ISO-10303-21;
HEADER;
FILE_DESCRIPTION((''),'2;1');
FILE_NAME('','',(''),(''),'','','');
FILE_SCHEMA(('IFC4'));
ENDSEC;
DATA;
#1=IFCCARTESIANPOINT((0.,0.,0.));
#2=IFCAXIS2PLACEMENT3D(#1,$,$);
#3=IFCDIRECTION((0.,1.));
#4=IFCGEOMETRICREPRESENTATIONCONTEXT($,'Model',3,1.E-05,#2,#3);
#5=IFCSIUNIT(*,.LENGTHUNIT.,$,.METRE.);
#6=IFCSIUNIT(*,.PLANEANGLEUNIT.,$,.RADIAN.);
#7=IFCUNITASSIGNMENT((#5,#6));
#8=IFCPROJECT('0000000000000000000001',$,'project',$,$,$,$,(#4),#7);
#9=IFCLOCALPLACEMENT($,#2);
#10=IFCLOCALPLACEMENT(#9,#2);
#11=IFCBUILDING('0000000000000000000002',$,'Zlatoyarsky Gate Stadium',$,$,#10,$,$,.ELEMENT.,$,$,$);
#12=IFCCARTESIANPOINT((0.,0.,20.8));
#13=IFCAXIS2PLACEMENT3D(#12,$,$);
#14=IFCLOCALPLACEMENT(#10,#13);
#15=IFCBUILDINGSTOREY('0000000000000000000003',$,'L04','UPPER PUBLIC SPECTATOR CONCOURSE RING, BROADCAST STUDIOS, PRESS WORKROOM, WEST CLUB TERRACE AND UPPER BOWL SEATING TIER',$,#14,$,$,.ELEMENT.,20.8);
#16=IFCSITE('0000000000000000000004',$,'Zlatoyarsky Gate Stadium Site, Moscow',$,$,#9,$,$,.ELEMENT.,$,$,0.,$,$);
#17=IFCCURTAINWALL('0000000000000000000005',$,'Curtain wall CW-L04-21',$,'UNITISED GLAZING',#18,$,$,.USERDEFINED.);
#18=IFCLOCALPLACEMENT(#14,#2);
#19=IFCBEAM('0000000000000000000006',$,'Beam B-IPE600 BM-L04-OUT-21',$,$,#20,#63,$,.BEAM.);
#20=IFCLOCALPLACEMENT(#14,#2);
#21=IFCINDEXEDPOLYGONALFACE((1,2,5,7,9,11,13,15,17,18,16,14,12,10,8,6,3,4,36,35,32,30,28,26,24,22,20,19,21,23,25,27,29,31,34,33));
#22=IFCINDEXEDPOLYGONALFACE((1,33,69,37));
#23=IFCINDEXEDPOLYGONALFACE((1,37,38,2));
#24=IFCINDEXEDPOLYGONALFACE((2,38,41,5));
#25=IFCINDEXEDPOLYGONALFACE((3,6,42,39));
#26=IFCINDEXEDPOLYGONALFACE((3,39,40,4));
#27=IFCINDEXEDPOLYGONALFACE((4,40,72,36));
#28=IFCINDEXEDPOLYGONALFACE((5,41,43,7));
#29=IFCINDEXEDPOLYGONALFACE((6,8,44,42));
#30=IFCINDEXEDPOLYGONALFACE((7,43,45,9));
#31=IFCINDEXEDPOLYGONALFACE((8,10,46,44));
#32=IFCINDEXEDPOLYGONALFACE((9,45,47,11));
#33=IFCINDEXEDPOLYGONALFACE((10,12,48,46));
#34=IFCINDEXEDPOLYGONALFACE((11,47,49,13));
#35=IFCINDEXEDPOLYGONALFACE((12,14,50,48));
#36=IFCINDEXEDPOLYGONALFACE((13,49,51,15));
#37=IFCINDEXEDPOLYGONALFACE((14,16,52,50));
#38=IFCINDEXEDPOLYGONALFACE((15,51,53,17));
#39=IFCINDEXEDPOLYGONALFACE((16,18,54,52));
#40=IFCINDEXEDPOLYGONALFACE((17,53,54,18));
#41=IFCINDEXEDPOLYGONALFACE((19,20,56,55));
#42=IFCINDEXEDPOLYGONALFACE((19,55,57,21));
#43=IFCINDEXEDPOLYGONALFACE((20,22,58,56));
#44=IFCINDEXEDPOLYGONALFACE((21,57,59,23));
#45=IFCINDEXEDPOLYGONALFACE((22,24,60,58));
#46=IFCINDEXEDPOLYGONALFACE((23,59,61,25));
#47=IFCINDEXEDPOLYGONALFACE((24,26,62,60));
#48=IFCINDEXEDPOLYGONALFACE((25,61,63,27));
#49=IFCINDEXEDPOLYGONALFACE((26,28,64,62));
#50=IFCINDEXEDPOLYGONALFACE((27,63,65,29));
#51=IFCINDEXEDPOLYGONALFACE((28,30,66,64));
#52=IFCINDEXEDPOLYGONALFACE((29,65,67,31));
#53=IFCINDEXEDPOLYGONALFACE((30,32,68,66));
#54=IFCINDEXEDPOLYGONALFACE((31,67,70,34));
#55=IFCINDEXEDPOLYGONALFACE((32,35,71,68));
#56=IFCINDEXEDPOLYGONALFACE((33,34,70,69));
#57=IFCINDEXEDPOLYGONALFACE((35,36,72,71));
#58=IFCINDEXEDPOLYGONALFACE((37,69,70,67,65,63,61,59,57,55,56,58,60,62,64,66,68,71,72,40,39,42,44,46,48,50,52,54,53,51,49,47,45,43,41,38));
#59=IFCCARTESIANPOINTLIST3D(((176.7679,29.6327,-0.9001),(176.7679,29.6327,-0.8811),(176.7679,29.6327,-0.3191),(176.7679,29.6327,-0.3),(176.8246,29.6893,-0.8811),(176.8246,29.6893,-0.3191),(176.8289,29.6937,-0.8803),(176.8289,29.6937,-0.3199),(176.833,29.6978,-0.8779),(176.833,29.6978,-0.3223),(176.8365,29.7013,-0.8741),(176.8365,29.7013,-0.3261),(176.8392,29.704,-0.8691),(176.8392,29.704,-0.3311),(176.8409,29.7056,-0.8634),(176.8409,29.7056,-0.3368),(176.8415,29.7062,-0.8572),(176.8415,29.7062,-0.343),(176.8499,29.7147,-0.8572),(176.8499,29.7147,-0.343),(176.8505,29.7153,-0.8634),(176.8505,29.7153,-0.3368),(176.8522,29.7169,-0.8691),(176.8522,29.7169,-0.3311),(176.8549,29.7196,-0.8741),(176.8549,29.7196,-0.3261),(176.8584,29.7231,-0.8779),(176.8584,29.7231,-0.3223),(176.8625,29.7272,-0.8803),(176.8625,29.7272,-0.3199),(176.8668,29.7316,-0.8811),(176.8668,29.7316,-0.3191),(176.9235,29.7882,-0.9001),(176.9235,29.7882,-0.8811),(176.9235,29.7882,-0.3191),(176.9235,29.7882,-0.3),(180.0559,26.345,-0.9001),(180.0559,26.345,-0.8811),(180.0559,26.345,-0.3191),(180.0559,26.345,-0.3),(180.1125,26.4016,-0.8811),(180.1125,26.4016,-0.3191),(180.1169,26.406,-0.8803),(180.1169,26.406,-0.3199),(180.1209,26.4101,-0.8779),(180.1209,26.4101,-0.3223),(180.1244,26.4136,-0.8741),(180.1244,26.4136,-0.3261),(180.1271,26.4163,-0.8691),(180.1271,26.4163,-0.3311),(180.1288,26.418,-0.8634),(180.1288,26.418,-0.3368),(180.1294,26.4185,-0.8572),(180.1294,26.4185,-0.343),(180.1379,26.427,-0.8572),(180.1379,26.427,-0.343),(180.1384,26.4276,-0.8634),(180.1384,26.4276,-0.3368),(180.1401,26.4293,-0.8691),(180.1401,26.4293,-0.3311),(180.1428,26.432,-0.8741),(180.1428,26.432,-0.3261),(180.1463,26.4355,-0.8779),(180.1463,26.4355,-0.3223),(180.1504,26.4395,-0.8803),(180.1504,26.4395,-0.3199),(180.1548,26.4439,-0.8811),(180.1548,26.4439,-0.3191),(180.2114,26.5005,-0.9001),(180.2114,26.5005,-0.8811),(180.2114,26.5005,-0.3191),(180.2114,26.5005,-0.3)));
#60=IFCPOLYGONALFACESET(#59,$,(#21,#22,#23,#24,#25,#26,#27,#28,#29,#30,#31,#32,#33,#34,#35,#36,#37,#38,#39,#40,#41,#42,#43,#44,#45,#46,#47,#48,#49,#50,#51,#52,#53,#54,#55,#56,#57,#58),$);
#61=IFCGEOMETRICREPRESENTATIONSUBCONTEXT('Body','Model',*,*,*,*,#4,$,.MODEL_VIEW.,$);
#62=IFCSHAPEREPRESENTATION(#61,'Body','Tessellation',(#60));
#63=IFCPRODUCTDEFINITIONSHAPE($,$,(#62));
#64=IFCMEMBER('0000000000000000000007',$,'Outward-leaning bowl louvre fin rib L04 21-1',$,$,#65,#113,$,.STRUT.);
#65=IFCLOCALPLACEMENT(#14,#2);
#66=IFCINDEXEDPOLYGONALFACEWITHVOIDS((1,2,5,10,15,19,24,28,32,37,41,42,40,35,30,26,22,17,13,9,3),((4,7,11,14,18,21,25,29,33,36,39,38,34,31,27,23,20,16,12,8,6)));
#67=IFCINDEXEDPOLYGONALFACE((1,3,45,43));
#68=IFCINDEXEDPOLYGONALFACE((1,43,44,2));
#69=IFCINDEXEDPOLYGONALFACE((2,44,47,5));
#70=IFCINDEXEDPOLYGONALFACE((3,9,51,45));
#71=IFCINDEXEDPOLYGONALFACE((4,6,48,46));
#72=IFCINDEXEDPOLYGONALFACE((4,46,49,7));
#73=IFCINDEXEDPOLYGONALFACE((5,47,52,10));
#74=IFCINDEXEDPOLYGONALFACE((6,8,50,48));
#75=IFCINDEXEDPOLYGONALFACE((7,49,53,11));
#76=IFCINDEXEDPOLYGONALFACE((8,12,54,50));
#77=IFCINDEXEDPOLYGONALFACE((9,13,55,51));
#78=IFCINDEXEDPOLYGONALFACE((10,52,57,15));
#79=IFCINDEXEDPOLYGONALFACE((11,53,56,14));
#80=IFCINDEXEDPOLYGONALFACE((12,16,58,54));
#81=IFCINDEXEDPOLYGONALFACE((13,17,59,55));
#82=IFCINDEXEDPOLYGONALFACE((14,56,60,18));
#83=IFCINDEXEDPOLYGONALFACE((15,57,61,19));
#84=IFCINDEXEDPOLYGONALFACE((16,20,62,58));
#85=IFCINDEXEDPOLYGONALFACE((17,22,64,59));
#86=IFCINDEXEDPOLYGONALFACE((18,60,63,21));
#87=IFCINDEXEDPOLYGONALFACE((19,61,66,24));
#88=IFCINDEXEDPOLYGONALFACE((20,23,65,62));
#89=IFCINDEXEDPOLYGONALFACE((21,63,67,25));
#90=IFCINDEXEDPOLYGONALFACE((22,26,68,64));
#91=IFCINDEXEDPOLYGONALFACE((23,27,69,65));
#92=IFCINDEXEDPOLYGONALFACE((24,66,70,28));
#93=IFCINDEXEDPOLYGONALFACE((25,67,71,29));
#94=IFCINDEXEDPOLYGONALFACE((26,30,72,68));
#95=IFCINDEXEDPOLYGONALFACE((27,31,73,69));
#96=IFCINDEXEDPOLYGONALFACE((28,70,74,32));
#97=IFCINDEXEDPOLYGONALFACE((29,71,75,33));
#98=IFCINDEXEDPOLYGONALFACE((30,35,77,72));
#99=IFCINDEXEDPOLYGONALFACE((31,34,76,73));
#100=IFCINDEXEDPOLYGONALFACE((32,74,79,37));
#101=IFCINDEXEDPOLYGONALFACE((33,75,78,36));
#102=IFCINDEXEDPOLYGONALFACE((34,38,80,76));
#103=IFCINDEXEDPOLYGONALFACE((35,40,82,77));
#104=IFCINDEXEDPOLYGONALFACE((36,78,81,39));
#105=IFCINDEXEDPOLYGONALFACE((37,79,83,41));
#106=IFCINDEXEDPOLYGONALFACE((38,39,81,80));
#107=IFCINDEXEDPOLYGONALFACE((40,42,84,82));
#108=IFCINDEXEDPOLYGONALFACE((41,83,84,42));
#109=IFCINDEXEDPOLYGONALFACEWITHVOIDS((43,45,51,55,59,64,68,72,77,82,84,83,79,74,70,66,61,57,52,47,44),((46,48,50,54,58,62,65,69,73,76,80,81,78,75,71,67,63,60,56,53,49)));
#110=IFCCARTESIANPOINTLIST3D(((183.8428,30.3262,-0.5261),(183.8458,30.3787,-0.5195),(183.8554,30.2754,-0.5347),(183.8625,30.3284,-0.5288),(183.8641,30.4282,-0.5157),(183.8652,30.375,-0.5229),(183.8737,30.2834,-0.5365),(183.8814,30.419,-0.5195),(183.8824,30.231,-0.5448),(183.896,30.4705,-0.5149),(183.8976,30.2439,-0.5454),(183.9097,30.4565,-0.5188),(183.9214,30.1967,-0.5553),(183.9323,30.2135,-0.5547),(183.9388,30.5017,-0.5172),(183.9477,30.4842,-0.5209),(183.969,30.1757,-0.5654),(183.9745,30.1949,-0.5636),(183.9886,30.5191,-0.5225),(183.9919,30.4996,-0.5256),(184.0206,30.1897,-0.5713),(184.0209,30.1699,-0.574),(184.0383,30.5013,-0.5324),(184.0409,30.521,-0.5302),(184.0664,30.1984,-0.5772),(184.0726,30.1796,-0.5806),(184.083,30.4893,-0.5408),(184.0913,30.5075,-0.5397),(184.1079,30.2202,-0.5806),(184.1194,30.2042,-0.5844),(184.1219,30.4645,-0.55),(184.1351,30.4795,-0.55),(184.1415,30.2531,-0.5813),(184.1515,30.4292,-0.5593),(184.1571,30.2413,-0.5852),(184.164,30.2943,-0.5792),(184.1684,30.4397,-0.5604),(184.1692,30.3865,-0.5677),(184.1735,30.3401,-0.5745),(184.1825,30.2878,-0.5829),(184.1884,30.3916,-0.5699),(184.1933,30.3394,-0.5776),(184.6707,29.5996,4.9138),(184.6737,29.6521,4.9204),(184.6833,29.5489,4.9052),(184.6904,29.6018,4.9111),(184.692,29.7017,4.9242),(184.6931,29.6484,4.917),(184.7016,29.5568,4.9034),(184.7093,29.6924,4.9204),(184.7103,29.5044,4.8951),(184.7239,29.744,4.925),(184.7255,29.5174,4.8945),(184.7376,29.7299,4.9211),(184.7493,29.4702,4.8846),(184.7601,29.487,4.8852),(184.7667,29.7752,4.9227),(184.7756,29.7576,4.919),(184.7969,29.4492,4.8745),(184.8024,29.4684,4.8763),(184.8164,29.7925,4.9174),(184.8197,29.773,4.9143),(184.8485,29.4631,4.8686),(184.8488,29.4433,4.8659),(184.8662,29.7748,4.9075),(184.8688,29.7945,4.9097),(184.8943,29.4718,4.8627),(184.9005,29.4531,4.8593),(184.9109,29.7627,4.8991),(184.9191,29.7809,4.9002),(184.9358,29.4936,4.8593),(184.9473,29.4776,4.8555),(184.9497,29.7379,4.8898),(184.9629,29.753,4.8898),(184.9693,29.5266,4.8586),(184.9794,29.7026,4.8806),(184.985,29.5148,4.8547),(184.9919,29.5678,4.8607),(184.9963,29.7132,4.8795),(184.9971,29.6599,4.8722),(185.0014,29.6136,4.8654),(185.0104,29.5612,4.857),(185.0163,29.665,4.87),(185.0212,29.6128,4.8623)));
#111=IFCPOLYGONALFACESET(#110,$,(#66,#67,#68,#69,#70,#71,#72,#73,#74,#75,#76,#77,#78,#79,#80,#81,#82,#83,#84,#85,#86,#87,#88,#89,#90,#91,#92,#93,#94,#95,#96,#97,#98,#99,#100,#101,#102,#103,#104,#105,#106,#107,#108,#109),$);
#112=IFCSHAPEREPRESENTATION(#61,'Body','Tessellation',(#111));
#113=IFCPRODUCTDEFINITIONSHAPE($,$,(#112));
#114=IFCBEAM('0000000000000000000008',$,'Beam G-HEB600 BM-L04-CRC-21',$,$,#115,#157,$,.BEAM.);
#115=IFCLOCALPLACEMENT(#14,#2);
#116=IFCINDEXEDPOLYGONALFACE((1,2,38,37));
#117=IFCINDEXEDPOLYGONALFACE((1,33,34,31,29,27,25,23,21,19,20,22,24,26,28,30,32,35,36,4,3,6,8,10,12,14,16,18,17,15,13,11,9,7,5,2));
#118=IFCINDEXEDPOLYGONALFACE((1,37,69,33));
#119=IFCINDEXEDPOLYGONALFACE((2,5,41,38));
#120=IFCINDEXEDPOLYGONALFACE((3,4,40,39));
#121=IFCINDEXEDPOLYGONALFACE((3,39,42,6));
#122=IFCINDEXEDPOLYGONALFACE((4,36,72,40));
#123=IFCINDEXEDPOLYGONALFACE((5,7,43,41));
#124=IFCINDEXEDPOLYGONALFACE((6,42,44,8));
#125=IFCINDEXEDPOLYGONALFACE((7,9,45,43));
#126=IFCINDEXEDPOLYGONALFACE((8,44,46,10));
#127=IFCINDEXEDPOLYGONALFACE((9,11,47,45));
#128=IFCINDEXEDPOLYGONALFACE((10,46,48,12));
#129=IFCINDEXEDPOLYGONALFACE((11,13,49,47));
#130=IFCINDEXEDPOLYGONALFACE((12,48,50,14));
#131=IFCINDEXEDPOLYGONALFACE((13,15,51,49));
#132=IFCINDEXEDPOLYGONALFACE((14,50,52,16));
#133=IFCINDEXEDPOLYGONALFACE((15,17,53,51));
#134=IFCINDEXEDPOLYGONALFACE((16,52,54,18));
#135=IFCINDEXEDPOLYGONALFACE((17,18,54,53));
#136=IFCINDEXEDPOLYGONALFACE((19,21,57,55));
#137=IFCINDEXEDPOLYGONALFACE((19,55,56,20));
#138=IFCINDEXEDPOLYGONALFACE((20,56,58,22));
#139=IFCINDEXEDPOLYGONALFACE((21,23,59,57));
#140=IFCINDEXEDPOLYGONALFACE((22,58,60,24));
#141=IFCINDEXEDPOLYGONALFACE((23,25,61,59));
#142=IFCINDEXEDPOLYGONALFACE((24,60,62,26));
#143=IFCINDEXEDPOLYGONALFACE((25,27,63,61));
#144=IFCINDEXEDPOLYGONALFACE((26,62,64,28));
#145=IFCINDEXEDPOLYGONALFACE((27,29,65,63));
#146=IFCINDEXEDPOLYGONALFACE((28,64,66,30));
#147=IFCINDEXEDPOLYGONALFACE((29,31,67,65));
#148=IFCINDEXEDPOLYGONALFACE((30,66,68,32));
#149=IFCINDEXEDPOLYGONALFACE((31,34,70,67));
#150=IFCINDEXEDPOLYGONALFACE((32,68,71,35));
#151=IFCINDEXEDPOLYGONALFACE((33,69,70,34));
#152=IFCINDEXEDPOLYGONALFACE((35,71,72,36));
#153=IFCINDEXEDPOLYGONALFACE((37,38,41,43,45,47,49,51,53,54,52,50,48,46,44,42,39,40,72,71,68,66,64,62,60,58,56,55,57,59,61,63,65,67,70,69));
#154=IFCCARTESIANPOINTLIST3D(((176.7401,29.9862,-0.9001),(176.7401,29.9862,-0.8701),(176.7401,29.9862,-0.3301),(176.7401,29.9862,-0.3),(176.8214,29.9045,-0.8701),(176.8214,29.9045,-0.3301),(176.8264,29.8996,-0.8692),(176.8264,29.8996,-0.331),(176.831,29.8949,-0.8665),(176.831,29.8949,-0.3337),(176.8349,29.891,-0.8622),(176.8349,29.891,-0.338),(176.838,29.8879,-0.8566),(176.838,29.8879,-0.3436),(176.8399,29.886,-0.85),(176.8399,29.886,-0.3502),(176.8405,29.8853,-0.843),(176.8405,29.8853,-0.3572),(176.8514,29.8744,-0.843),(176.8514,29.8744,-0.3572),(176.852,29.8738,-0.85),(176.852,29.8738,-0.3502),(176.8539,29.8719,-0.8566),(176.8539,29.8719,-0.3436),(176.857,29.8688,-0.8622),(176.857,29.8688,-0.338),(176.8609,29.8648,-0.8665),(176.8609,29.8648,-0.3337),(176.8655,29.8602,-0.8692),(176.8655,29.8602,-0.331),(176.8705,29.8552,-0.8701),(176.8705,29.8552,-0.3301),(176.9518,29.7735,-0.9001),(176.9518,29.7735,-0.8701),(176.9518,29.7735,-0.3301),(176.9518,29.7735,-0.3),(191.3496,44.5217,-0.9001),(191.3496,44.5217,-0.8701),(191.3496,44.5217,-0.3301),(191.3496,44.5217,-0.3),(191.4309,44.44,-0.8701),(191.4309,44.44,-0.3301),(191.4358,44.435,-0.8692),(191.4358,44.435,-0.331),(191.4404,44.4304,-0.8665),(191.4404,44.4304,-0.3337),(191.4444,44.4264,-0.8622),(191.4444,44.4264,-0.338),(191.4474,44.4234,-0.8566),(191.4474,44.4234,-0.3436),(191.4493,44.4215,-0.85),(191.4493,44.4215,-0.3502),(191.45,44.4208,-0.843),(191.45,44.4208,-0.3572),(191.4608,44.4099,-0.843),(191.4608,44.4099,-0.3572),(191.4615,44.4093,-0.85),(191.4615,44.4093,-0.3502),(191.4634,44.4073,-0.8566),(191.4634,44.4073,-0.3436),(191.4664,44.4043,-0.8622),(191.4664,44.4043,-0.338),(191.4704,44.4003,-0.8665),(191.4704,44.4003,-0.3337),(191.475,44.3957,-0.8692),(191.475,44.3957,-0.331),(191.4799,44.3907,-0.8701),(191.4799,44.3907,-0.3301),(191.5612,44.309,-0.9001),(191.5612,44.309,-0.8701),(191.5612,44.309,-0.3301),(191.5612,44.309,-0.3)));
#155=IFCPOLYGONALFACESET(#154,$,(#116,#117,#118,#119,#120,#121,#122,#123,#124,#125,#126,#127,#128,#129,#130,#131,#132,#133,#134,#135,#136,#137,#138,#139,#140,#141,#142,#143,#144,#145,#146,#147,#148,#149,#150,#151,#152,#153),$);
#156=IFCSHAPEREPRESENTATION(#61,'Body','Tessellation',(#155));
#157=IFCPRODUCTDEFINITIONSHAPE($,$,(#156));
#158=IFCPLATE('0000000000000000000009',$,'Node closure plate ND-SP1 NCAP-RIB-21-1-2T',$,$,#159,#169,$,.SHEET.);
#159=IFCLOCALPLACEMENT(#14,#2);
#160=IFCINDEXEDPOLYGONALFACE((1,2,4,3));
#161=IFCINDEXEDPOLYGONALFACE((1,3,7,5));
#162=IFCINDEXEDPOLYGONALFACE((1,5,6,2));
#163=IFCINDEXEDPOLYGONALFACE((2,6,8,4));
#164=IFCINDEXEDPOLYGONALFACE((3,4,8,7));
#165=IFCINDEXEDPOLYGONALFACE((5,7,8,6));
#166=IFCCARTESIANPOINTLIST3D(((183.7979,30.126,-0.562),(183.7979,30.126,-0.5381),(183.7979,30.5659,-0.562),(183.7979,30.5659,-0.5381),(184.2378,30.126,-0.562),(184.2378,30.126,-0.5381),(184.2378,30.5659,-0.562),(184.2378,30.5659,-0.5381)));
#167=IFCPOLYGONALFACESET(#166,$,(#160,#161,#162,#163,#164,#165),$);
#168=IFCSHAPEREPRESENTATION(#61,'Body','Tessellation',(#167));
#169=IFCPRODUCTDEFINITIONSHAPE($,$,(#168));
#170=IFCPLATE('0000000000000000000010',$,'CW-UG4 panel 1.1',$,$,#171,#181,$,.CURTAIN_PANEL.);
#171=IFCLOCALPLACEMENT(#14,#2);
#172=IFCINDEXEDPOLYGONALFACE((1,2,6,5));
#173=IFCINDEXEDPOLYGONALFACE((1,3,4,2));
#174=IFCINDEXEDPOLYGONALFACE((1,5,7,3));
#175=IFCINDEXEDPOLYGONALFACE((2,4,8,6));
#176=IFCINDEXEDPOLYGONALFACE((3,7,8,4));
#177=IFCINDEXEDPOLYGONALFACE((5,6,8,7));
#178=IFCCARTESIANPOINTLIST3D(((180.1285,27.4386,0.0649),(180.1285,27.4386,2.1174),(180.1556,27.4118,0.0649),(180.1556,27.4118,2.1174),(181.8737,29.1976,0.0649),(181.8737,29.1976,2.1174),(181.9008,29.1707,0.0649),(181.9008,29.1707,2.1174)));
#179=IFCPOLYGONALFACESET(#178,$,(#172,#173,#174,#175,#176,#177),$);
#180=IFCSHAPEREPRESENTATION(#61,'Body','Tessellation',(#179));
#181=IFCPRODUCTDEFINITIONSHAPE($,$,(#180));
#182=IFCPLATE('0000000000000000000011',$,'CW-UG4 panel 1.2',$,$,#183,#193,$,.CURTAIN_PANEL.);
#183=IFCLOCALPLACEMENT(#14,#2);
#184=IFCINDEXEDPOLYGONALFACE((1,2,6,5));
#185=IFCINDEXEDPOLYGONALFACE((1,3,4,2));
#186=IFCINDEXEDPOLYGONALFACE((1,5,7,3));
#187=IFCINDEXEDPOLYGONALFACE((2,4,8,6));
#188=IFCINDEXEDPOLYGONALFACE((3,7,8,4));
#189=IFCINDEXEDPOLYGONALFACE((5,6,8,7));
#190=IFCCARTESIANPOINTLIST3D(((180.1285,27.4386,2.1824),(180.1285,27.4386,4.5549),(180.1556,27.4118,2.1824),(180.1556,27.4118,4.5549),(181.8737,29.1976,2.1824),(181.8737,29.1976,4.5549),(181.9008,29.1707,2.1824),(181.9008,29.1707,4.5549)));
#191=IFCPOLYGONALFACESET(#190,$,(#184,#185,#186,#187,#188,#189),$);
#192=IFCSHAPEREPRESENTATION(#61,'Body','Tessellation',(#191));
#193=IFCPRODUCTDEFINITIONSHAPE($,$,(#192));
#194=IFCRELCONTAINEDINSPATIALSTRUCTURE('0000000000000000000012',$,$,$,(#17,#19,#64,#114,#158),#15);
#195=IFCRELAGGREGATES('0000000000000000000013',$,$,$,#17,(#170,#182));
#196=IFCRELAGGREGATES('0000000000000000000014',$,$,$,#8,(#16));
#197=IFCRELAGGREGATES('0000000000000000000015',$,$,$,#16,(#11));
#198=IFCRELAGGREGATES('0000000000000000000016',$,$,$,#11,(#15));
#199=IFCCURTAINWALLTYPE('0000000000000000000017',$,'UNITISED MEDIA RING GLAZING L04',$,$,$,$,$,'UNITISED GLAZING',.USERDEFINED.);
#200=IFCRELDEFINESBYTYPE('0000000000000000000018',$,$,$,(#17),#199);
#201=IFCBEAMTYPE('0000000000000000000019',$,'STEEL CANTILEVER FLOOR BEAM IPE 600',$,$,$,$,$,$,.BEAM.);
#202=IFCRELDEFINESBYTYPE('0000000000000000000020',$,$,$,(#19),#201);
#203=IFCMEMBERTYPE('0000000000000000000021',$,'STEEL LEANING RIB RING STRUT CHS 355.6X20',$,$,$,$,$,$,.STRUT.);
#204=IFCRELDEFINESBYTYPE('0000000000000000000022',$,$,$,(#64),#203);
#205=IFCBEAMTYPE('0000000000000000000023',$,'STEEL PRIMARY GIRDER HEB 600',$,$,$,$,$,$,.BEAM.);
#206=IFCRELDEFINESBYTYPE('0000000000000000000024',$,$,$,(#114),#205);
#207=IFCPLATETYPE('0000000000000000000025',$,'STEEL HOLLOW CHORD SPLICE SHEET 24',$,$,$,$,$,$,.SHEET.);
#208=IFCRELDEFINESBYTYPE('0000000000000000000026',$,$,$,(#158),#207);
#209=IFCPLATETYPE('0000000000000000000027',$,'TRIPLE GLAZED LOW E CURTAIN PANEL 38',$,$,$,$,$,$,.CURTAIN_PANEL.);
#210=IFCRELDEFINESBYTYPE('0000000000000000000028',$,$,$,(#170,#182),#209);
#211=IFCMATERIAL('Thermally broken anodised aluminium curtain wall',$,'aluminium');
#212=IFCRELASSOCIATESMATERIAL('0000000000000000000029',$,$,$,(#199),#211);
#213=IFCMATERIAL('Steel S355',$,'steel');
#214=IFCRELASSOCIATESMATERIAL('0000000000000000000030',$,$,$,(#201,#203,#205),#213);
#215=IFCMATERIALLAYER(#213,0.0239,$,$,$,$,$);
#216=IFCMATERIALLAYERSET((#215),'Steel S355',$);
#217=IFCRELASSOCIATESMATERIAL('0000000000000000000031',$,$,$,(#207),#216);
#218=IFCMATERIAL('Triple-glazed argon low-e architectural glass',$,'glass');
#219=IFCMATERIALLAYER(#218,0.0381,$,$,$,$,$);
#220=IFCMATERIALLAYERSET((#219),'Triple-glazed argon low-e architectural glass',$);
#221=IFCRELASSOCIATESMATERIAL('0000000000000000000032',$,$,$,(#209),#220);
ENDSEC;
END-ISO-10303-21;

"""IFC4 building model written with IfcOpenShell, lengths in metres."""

from ifc_helpers import new_model, si_unit, direction, frame, origin, origin_2d, place, context, subcontext, project, spatial, rectangle, hollow_circle, i_section, extrude, material, layer, layer_set, material_profile, profile_set, type_object, element, aggregate, save


model = new_model("IFC4")

# Units and contexts
model_context = context("Model", 3, precision=1e-05, world=origin(), true_north=direction((0.0, 1.0)))
body_context = subcontext(model_context, "Body", "Model", "MODEL_VIEW")
ifc_project = project(units=[si_unit("LENGTHUNIT", "METRE"), si_unit("PLANEANGLEUNIT", "RADIAN")], contexts=[model_context])

# Site, building, storey
site_placement = place(None, origin())
site = spatial("IfcSite", under=ifc_project, at=site_placement, Name="Zlatoyarsky Gate Stadium Site, Moscow", CompositionType="ELEMENT", RefElevation=0.0)
building_placement = place(site_placement, origin())
building = spatial("IfcBuilding", under=site, at=building_placement, Name="Zlatoyarsky Gate Stadium", CompositionType="ELEMENT")
storey_placement = place(building_placement, frame((0.0, 0.0, 20.8)))
storey = spatial("IfcBuildingStorey", under=building, at=storey_placement, Name="L04", Description="UPPER PUBLIC SPECTATOR CONCOURSE RING, BROADCAST STUDIOS, PRESS WORKROOM, WEST CLUB TERRACE AND UPPER BOWL SEATING TIER", CompositionType="ELEMENT", Elevation=20.8)

# Shared definitions
ifc_material_1 = material(Name="Steel S355", Category="steel")

# Curtain wall
ifc_material_2 = material(Name="Thermally broken anodised aluminium curtain wall", Category="aluminium")
curtain_wall_type = type_object("IfcCurtainWallType", Name="UNITISED MEDIA RING GLAZING L04", ElementType="UNITISED GLAZING", PredefinedType="USERDEFINED", material=ifc_material_2)
curtain_wall_placement = place(storey_placement, origin())
curtain_wall = element("IfcCurtainWall", 1, at=curtain_wall_placement, inside=storey, type_object=curtain_wall_type, Name="Curtain wall CW-L04-21", ObjectType="UNITISED GLAZING", PredefinedType="USERDEFINED")

# Beam
ifc_material_profile_1 = material_profile(ifc_material_1, i_section(OverallWidth=0.22, OverallDepth=0.6001, WebThickness=0.012, FlangeThickness=0.019, FilletRadius=0.0239, at=origin_2d()), Name="IPE 600")
ifc_profile_set_1 = profile_set([ifc_material_profile_1], Name="Steel S355")
beam_type_1 = type_object("IfcBeamType", Name="STEEL CANTILEVER FLOOR BEAM IPE 600", PredefinedType="BEAM", material=ifc_profile_set_1)
beam_1_placement = place(storey_placement, frame((176.8457, 29.7104, -0.6001), z_axis=(0.707133, -0.707081, 0.0), x_axis=(0.707081, 0.707133, 0.0)))
element("IfcBeam", 2, at=beam_1_placement, inside=storey, type_object=beam_type_1, Name="Beam B-IPE600 BM-L04-OUT-21", PredefinedType="BEAM", context=body_context, shape_type="SweptSolid", body=[
    extrude(i_section(OverallWidth=0.22, OverallDepth=0.6001, WebThickness=0.012, FlangeThickness=0.019, FilletRadius=0.0239, at=origin_2d()), origin(), (0.0, 0.0, 1.0), 4.6497),
])

# Member
ifc_material_profile_2 = material_profile(ifc_material_1, hollow_circle(Radius=0.1777, WallThickness=0.02, at=origin_2d()), Name="CHS 355.6X20")
ifc_profile_set_2 = profile_set([ifc_material_profile_2], Name="Steel S355")
member_type_1 = type_object("IfcMemberType", Name="STEEL LEANING RIB RING STRUT CHS 355.6X20", PredefinedType="STRUT", material=ifc_profile_set_2)
member_1_placement = place(storey_placement, frame((184.0178, 30.3459, -0.55), z_axis=(0.149159, -0.130904, 0.98011), x_axis=(0.659618, 0.751601, 0.0)))
element("IfcMember", 3, at=member_1_placement, inside=storey, type_object=member_type_1, Name="Outward-leaning bowl louvre fin rib L04 21-1", PredefinedType="STRUT", context=body_context, shape_type="SweptSolid", body=[
    extrude(hollow_circle(Radius=0.1777, WallThickness=0.02, at=origin_2d()), origin(), (0.0, 0.0, 1.0), 5.5503),
])

# Beam
ifc_material_profile_3 = material_profile(ifc_material_1, i_section(OverallWidth=0.3, OverallDepth=0.6001, WebThickness=0.0154, FlangeThickness=0.03, FilletRadius=0.0271, at=origin_2d()), Name="HEB 600")
ifc_profile_set_3 = profile_set([ifc_material_profile_3], Name="Steel S355")
beam_type_2 = type_object("IfcBeamType", Name="STEEL PRIMARY GIRDER HEB 600", PredefinedType="BEAM", material=ifc_profile_set_3)
beam_2_placement = place(storey_placement, frame((176.8459, 29.8799, -0.6001), z_axis=(0.708899, 0.70531, 0.0), x_axis=(-0.70531, 0.708899, 0.0)))
element("IfcBeam", 4, at=beam_2_placement, inside=storey, type_object=beam_type_2, Name="Beam G-HEB600 BM-L04-CRC-21", PredefinedType="BEAM", context=body_context, shape_type="SweptSolid", body=[
    extrude(i_section(OverallWidth=0.3, OverallDepth=0.6001, WebThickness=0.0154, FlangeThickness=0.03, FilletRadius=0.0271, at=origin_2d()), origin(), (0.0, 0.0, 1.0), 20.6086),
])

# Plates
ifc_layer_1 = layer(ifc_material_1, 0.0239)
ifc_layer_set_1 = layer_set([ifc_layer_1], Name="Steel S355")
plate_type_1 = type_object("IfcPlateType", Name="STEEL HOLLOW CHORD SPLICE SHEET 24", PredefinedType="SHEET", material=ifc_layer_set_1)
plate_1_placement = place(storey_placement, frame((184.0178, 30.3459, -0.562), z_axis=(0.0, 0.0, 1.0), x_axis=(1.0, 0.0, 0.0)))
element("IfcPlate", 5, at=plate_1_placement, inside=storey, type_object=plate_type_1, Name="Node closure plate ND-SP1 NCAP-RIB-21-1-2T", PredefinedType="SHEET", context=body_context, shape_type="SweptSolid", body=[
    extrude(rectangle(XDim=0.4399, YDim=0.4399, at=origin_2d()), origin(), (0.0, 0.0, 1.0), 0.0239),
])
ifc_material_3 = material(Name="Triple-glazed argon low-e architectural glass", Category="glass")
ifc_layer_2 = layer(ifc_material_3, 0.0381)
ifc_layer_set_2 = layer_set([ifc_layer_2], Name="Triple-glazed argon low-e architectural glass")
plate_type_2 = type_object("IfcPlateType", Name="TRIPLE GLAZED LOW E CURTAIN PANEL 38", PredefinedType="CURTAIN_PANEL", material=ifc_layer_set_2)
plate_2_placement = place(storey_placement, frame((181.0146, 28.3047, 0.0649), z_axis=(0.0, 0.0, 1.0), x_axis=(0.704332, 0.709871, 0.0)))
plate_2 = element("IfcPlate", 6, at=plate_2_placement, type_object=plate_type_2, Name="CW-UG4 panel 1.1", PredefinedType="CURTAIN_PANEL", context=body_context, shape_type="SweptSolid", body=[
    extrude(rectangle(XDim=2.4778, YDim=0.0381, at=origin_2d()), origin(), (0.0, 0.0, 1.0), 2.0525),
])
plate_3_placement = place(storey_placement, frame((181.0146, 28.3047, 2.1824), z_axis=(0.0, 0.0, 1.0), x_axis=(0.704332, 0.709871, 0.0)))
plate_3 = element("IfcPlate", 7, at=plate_3_placement, type_object=plate_type_2, Name="CW-UG4 panel 1.2", PredefinedType="CURTAIN_PANEL", context=body_context, shape_type="SweptSolid", body=[
    extrude(rectangle(XDim=2.4778, YDim=0.0381, at=origin_2d()), origin(), (0.0, 0.0, 1.0), 2.3726),
])
aggregate(curtain_wall, [plate_2, plate_3])

save(model, "model.ifc")
